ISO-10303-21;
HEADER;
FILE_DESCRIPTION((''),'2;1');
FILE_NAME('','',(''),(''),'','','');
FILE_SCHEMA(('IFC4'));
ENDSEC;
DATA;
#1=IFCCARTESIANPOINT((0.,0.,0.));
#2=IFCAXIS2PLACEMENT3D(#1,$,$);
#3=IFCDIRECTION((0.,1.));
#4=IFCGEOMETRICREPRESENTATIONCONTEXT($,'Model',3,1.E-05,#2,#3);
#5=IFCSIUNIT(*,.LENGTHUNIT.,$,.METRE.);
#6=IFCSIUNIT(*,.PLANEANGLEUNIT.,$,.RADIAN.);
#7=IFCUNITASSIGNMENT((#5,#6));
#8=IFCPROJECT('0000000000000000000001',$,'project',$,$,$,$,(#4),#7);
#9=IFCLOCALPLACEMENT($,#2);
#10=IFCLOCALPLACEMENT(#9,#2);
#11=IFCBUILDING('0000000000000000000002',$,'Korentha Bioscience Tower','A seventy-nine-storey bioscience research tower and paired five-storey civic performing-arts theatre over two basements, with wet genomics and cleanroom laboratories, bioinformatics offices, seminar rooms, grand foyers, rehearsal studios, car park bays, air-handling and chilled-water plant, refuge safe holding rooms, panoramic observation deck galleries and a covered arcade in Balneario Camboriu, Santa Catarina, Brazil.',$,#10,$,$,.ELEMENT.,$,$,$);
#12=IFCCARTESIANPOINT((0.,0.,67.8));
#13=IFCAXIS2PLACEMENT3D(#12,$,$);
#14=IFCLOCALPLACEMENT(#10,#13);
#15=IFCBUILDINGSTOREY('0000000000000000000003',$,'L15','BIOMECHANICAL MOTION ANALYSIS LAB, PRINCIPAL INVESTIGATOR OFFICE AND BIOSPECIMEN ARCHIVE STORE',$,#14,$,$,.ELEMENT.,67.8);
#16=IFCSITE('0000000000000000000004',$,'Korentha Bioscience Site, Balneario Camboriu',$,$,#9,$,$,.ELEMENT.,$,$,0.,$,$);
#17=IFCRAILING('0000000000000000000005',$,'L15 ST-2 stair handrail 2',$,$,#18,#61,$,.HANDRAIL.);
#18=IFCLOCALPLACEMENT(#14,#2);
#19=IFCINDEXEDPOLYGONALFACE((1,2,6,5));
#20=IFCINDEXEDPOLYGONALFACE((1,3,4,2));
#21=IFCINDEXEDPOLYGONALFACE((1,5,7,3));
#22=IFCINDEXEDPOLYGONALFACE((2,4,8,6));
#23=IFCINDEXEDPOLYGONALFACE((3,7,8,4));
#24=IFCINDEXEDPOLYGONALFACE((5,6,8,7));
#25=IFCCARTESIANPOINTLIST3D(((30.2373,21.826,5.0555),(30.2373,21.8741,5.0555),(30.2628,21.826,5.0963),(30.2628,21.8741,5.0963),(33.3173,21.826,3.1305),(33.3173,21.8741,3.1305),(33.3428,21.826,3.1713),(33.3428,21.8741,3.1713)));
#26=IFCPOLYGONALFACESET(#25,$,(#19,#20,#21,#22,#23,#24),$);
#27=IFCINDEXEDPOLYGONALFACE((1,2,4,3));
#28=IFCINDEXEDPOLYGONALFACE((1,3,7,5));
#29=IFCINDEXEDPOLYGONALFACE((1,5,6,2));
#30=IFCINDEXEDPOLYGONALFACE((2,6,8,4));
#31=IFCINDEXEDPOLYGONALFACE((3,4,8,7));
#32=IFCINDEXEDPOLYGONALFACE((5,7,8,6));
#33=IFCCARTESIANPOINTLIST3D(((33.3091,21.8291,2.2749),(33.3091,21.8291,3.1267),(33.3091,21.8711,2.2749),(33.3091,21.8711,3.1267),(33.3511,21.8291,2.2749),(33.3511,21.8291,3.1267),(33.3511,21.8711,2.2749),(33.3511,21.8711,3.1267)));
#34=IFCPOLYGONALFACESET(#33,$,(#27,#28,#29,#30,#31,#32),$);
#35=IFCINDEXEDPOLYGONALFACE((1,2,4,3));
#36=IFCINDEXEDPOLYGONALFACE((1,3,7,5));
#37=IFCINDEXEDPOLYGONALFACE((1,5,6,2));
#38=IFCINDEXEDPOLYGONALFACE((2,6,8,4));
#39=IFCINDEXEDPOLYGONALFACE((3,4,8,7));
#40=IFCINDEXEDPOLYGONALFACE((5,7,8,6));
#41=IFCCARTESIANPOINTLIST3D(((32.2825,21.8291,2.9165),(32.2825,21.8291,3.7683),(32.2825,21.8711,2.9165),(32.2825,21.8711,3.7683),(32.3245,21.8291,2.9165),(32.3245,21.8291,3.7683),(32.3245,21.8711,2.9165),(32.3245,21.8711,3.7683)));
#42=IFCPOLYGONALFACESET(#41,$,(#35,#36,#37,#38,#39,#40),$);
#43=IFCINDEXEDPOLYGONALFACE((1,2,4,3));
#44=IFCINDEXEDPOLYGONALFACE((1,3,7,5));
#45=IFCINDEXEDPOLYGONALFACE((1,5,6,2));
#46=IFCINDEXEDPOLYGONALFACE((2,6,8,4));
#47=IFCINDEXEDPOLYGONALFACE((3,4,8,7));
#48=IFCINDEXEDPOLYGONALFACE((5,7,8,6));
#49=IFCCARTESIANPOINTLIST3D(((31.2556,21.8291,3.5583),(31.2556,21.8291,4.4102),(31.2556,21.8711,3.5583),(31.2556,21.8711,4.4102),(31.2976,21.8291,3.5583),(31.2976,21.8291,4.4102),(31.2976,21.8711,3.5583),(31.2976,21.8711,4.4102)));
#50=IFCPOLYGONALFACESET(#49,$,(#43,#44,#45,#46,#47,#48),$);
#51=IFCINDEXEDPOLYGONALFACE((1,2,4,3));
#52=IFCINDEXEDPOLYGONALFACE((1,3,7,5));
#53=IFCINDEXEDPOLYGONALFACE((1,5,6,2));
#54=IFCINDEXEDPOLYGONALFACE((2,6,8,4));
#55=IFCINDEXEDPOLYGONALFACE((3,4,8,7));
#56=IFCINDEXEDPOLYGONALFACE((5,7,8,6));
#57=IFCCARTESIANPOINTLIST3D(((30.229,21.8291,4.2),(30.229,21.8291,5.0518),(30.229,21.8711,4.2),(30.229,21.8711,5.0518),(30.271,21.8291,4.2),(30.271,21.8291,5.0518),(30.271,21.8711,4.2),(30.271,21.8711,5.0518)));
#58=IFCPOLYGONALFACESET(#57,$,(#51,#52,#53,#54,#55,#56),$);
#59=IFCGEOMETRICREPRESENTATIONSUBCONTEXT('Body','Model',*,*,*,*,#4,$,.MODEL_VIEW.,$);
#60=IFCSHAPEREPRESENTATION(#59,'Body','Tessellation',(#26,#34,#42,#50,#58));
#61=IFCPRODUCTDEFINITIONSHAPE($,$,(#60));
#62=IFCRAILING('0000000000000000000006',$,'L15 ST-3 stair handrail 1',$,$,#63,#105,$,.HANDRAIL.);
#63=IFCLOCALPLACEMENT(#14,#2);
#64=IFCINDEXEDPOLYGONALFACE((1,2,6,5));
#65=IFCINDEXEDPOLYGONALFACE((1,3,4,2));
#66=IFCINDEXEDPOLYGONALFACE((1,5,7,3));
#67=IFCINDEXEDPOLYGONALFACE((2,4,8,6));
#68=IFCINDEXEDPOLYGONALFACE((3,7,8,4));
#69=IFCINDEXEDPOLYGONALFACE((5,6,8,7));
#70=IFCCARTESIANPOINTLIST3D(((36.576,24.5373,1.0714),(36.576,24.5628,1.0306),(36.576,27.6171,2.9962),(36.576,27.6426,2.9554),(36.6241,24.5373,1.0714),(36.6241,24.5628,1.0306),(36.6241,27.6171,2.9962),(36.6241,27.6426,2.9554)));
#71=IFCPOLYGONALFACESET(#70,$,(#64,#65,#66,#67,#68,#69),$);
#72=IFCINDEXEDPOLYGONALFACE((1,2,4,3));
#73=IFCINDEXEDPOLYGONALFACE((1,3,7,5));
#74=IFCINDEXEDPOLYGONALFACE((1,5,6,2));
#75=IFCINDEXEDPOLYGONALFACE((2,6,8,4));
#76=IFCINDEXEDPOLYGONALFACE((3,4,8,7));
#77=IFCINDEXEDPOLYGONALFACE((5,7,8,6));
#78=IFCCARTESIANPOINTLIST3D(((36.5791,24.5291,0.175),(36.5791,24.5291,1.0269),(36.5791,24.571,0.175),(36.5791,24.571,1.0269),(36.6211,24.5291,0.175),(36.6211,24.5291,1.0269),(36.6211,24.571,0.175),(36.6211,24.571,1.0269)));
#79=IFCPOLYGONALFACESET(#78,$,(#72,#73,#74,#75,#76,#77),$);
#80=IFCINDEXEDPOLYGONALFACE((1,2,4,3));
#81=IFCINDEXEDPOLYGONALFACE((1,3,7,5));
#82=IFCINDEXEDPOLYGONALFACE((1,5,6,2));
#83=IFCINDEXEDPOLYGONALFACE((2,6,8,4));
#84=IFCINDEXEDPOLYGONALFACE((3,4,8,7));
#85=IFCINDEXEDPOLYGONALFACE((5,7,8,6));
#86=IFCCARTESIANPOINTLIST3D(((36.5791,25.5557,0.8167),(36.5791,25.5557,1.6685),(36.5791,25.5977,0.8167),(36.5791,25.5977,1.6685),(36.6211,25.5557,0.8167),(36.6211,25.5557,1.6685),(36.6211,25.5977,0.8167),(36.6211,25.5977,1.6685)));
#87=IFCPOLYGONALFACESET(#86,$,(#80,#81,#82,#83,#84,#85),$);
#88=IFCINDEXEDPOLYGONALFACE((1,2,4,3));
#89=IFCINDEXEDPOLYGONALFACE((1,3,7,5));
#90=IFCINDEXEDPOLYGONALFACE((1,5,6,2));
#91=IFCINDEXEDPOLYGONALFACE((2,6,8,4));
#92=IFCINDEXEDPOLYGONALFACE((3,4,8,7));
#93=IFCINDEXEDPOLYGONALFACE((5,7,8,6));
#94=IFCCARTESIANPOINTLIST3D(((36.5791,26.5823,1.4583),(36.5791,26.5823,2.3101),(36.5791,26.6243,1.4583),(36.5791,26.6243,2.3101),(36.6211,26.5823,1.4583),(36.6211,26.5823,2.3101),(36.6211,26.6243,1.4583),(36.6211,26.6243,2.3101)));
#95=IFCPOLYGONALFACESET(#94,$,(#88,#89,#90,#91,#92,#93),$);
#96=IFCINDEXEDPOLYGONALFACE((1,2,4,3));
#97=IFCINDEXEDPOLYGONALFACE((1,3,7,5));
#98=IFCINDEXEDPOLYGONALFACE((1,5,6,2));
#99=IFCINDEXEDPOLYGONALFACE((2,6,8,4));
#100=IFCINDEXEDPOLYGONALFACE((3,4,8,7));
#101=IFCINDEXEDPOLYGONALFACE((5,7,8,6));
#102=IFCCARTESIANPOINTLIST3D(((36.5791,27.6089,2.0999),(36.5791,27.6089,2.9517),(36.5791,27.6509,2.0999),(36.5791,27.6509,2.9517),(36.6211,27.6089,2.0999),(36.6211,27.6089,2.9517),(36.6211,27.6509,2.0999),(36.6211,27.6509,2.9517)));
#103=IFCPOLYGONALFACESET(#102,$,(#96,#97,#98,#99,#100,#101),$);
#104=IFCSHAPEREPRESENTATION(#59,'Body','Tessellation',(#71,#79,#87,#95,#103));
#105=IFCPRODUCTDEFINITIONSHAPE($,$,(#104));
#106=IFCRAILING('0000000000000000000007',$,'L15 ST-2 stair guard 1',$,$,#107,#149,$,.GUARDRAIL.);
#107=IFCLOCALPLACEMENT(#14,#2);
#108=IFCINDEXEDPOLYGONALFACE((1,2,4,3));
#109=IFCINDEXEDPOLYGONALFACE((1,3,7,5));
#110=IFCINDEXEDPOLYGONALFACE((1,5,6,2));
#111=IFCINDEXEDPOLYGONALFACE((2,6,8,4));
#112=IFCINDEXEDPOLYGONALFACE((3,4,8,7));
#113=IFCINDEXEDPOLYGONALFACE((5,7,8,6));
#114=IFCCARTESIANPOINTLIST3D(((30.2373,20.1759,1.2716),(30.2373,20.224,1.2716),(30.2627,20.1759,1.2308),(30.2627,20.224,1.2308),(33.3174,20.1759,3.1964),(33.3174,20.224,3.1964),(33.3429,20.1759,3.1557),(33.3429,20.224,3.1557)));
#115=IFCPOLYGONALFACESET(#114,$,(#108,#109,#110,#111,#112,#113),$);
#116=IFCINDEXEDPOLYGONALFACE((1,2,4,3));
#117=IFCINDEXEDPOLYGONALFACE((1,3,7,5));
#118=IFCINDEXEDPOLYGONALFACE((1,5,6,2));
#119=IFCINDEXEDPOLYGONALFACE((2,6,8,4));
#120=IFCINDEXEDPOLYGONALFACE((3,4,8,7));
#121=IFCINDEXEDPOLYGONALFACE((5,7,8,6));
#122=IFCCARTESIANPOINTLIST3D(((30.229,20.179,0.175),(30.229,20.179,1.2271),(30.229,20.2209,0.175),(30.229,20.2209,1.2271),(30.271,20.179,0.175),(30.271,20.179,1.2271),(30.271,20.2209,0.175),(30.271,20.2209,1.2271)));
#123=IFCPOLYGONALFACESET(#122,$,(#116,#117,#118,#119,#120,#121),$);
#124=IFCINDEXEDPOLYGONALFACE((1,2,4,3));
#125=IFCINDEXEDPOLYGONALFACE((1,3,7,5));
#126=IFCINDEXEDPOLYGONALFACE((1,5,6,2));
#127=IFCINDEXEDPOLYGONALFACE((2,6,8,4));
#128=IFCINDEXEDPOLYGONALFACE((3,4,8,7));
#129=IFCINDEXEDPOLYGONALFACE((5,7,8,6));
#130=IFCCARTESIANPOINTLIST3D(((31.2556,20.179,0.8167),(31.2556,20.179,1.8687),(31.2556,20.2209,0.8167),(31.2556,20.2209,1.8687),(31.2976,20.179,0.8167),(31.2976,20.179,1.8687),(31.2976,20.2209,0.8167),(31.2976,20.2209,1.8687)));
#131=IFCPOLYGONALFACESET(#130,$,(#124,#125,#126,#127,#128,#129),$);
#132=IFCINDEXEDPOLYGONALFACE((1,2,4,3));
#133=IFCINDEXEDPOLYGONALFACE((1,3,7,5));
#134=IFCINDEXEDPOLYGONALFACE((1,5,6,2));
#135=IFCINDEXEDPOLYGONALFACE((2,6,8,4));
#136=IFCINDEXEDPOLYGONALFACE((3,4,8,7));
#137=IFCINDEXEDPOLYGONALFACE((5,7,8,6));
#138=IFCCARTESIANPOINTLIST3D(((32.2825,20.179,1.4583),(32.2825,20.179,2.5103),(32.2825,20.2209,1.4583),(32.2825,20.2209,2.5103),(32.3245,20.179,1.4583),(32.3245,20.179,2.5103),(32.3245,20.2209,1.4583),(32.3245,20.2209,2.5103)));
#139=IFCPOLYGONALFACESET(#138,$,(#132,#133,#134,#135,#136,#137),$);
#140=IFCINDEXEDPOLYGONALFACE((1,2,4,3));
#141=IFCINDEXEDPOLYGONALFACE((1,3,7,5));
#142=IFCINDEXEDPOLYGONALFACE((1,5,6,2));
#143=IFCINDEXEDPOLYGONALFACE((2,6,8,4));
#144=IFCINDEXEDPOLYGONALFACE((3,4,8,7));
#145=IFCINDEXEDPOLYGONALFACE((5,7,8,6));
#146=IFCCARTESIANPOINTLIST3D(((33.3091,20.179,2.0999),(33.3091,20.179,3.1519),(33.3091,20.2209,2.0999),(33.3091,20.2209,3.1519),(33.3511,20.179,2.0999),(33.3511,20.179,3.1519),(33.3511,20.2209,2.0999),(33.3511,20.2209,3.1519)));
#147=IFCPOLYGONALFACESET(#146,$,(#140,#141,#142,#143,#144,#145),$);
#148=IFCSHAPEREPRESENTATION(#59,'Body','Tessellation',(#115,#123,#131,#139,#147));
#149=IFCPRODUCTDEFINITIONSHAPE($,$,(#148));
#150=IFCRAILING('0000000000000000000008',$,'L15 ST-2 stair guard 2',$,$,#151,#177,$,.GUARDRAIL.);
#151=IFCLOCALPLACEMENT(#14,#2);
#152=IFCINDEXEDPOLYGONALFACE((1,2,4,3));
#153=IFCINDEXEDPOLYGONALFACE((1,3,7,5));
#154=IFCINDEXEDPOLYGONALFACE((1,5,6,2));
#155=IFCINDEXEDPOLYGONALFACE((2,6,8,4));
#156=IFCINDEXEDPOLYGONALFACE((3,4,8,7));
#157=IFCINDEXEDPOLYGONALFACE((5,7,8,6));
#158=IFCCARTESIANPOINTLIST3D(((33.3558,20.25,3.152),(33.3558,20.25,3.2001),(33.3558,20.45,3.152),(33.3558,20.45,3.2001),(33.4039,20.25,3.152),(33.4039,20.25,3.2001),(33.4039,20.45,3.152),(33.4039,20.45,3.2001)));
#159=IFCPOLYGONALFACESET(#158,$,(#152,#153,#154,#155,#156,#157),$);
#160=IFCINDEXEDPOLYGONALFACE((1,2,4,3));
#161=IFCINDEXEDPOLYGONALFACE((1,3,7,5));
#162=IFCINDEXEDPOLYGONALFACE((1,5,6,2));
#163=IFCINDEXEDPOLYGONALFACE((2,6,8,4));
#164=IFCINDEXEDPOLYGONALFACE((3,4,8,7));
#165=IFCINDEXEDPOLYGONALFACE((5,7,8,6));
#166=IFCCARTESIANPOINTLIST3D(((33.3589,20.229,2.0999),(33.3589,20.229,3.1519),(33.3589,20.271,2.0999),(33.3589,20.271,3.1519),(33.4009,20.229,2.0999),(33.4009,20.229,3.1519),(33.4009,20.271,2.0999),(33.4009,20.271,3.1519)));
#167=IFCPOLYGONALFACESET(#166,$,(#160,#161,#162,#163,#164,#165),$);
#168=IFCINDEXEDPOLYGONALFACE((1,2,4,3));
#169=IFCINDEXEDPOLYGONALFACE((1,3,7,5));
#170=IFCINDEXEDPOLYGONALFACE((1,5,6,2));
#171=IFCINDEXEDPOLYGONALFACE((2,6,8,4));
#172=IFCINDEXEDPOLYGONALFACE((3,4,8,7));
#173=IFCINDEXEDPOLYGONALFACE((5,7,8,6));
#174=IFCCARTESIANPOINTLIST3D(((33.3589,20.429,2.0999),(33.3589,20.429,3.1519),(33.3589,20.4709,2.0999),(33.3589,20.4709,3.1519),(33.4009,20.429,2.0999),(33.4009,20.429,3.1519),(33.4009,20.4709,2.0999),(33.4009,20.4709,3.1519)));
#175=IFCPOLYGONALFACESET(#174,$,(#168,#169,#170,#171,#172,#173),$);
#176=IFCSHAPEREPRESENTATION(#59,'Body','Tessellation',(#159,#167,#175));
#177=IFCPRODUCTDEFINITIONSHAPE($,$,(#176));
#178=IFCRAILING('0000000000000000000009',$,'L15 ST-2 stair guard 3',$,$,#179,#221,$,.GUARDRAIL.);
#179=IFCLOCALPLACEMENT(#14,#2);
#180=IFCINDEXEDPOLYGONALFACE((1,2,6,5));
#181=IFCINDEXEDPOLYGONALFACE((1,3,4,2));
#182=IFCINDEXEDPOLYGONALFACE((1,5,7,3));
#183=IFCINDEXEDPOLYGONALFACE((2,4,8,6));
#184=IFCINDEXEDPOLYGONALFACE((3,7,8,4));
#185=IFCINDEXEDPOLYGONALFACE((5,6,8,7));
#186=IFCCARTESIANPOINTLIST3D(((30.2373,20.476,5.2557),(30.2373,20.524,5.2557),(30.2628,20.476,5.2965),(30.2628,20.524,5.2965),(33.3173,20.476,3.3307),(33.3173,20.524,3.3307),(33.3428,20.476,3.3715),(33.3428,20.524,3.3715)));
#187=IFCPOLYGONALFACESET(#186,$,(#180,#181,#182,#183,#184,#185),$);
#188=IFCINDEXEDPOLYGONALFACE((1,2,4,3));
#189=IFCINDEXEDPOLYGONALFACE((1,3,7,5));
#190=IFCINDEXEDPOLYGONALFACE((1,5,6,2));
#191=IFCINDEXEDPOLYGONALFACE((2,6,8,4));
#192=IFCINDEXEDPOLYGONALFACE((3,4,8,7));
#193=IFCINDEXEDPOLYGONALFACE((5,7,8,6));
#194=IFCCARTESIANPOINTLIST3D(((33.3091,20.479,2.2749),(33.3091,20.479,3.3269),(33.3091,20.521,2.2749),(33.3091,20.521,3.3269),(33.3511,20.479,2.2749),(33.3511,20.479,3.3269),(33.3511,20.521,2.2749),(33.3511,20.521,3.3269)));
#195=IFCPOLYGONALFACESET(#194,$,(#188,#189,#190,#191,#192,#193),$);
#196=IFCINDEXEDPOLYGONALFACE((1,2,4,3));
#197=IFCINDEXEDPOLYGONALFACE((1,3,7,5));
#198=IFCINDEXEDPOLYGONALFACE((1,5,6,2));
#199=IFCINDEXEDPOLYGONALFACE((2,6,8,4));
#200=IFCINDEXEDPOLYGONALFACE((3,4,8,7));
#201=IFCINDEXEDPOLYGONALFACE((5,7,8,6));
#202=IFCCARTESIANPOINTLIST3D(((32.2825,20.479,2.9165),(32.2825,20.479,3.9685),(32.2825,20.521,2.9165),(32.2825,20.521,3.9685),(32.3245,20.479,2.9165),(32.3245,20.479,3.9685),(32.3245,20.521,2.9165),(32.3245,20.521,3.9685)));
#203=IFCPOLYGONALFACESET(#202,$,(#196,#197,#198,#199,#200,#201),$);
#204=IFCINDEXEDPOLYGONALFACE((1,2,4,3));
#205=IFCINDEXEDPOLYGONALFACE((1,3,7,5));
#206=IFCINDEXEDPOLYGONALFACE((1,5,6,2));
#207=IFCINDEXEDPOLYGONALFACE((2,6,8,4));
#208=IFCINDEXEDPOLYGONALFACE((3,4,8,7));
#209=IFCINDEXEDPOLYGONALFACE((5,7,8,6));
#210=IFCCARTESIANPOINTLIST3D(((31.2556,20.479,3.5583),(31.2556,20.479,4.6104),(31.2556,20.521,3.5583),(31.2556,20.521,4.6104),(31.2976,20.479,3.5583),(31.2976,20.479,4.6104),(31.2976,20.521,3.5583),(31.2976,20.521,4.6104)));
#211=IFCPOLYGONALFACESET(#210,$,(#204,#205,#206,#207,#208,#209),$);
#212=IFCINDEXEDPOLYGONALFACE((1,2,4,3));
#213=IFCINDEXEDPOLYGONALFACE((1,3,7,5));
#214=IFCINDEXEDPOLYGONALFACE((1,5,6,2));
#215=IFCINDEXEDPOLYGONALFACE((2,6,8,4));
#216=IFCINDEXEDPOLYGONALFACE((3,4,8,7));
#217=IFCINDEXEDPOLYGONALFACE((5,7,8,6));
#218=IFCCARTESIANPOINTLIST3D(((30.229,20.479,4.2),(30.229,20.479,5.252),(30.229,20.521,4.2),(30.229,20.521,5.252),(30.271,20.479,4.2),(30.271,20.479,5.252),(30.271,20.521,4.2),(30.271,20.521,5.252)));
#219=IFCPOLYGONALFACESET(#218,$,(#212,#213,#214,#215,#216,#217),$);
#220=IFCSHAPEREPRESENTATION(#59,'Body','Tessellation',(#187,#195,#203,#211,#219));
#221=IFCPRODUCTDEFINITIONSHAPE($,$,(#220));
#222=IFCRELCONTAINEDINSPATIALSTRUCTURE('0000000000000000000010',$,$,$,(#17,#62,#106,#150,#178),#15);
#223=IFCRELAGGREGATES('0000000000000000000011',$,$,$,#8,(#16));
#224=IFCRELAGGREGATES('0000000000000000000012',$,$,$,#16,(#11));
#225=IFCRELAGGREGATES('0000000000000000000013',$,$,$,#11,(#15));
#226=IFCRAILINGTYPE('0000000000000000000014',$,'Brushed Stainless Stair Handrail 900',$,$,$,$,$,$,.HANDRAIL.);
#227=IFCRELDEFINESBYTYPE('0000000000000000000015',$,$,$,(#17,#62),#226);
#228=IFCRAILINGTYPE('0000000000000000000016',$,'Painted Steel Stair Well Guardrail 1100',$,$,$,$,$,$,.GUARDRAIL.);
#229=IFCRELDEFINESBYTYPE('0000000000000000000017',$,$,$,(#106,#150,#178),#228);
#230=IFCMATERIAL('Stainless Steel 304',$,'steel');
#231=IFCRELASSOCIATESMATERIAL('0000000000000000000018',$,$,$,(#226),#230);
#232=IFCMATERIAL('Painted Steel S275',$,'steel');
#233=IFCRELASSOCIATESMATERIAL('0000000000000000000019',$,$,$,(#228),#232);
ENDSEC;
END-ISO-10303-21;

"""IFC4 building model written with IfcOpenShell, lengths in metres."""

from ifc_helpers import new_model, si_unit, direction, frame, origin, origin_2d, place, context, subcontext, project, spatial, rectangle, extrude, material, type_object, element, save


model = new_model("IFC4")

# Units and contexts
model_context = context("Model", 3, precision=1e-05, world=origin(), true_north=direction((0.0, 1.0)))
body_context = subcontext(model_context, "Body", "Model", "MODEL_VIEW")
ifc_project = project(units=[si_unit("LENGTHUNIT", "METRE"), si_unit("PLANEANGLEUNIT", "RADIAN")], contexts=[model_context])

# Site, building, storey
site_placement = place(None, origin())
site = spatial("IfcSite", under=ifc_project, at=site_placement, Name="Korentha Bioscience Site, Balneario Camboriu", CompositionType="ELEMENT", RefElevation=0.0)
building_placement = place(site_placement, origin())
building = spatial("IfcBuilding", under=site, at=building_placement, Name="Korentha Bioscience Tower", Description="A seventy-nine-storey bioscience research tower and paired five-storey civic performing-arts theatre over two basements, with wet genomics and cleanroom laboratories, bioinformatics offices, seminar rooms, grand foyers, rehearsal studios, car park bays, air-handling and chilled-water plant, refuge safe holding rooms, panoramic observation deck galleries and a covered arcade in Balneario Camboriu, Santa Catarina, Brazil.", CompositionType="ELEMENT")
storey_placement = place(building_placement, frame((0.0, 0.0, 67.8)))
storey = spatial("IfcBuildingStorey", under=building, at=storey_placement, Name="L15", Description="BIOMECHANICAL MOTION ANALYSIS LAB, PRINCIPAL INVESTIGATOR OFFICE AND BIOSPECIMEN ARCHIVE STORE", CompositionType="ELEMENT", Elevation=67.8)

# Railings
ifc_material_1 = material(Name="Stainless Steel 304", Category="steel")
railing_type_1 = type_object("IfcRailingType", Name="Brushed Stainless Stair Handrail 900", PredefinedType="HANDRAIL", material=ifc_material_1)
railing_1_placement = place(storey_placement, frame((33.3301, 21.8501, 2.2749)))
element("IfcRailing", 1, at=railing_1_placement, inside=storey, type_object=railing_type_1, Name="L15 ST-2 stair handrail 2", PredefinedType="HANDRAIL", context=body_context, shape_type="SweptSolid", body=[
    extrude(rectangle(XDim=0.0481, YDim=0.0481, at=origin_2d()), frame((0.0, 0.0, 0.876), z_axis=(-0.847998, 0.0, 0.529999), x_axis=(0.0, -1.0, 0.0)), (0.0, 0.0, 1.0), 3.6321),
    extrude(rectangle(XDim=0.042, YDim=0.042, at=origin_2d()), origin(), (0.0, 0.0, 1.0), 0.8518),
    extrude(rectangle(XDim=0.042, YDim=0.042, at=origin_2d()), frame((-1.0266, 0.0, 0.6416)), (0.0, 0.0, 1.0), 0.8518),
    extrude(rectangle(XDim=0.042, YDim=0.042, at=origin_2d()), frame((-2.0535, 0.0, 1.2834)), (0.0, 0.0, 1.0), 0.8518),
    extrude(rectangle(XDim=0.042, YDim=0.042, at=origin_2d()), frame((-3.0801, 0.0, 1.925)), (0.0, 0.0, 1.0), 0.8518),
])
railing_2_placement = place(storey_placement, frame((36.6001, 24.55, 0.175)))
element("IfcRailing", 2, at=railing_2_placement, inside=storey, type_object=railing_type_1, Name="L15 ST-3 stair handrail 1", PredefinedType="HANDRAIL", context=body_context, shape_type="SweptSolid", body=[
    extrude(rectangle(XDim=0.0481, YDim=0.0481, at=origin_2d()), frame((0.0, 0.0, 0.876), z_axis=(0.0, 0.84801, 0.529981), x_axis=(-1.0, 0.0, 0.0)), (0.0, 0.0, 1.0), 3.6318),
    extrude(rectangle(XDim=0.042, YDim=0.042, at=origin_2d()), origin(), (0.0, 0.0, 1.0), 0.8518),
    extrude(rectangle(XDim=0.042, YDim=0.042, at=origin_2d()), frame((0.0, 1.0266, 0.6416)), (0.0, 0.0, 1.0), 0.8518),
    extrude(rectangle(XDim=0.042, YDim=0.042, at=origin_2d()), frame((0.0, 2.0532, 1.2832)), (0.0, 0.0, 1.0), 0.8518),
    extrude(rectangle(XDim=0.042, YDim=0.042, at=origin_2d()), frame((0.0, 3.0798, 1.9248)), (0.0, 0.0, 1.0), 0.8518),
])
ifc_material_2 = material(Name="Painted Steel S275", Category="steel")
railing_type_2 = type_object("IfcRailingType", Name="Painted Steel Stair Well Guardrail 1100", PredefinedType="GUARDRAIL", material=ifc_material_2)
railing_3_placement = place(storey_placement, frame((30.25, 20.2, 0.175)))
element("IfcRailing", 3, at=railing_3_placement, inside=storey, type_object=railing_type_2, Name="L15 ST-2 stair guard 1", PredefinedType="GUARDRAIL", context=body_context, shape_type="SweptSolid", body=[
    extrude(rectangle(XDim=0.0481, YDim=0.0481, at=origin_2d()), frame((0.0, 0.0, 1.0762), z_axis=(0.848029, 0.0, 0.529951), x_axis=(0.0, 1.0, 0.0)), (0.0, 0.0, 1.0), 3.6321),
    extrude(rectangle(XDim=0.042, YDim=0.042, at=origin_2d()), origin(), (0.0, 0.0, 1.0), 1.052),
    extrude(rectangle(XDim=0.042, YDim=0.042, at=origin_2d()), frame((1.0266, 0.0, 0.6416)), (0.0, 0.0, 1.0), 1.052),
    extrude(rectangle(XDim=0.042, YDim=0.042, at=origin_2d()), frame((2.0535, 0.0, 1.2832)), (0.0, 0.0, 1.0), 1.052),
    extrude(rectangle(XDim=0.042, YDim=0.042, at=origin_2d()), frame((3.0801, 0.0, 1.9248)), (0.0, 0.0, 1.0), 1.052),
])
railing_4_placement = place(storey_placement, frame((33.3799, 20.25, 2.0999)))
element("IfcRailing", 4, at=railing_4_placement, inside=storey, type_object=railing_type_2, Name="L15 ST-2 stair guard 2", PredefinedType="GUARDRAIL", context=body_context, shape_type="SweptSolid", body=[
    extrude(rectangle(XDim=0.0481, YDim=0.0481, at=origin_2d()), frame((0.0, 0.0, 1.0762), z_axis=(0.0, 1.0, 0.0), x_axis=(-1.0, 0.0, 0.0)), (0.0, 0.0, 1.0), 0.2),
    extrude(rectangle(XDim=0.042, YDim=0.042, at=origin_2d()), origin(), (0.0, 0.0, 1.0), 1.052),
    extrude(rectangle(XDim=0.042, YDim=0.042, at=origin_2d()), frame((0.0, 0.2, 0.0)), (0.0, 0.0, 1.0), 1.052),
])
railing_5_placement = place(storey_placement, frame((33.3301, 20.5, 2.2749)))
element("IfcRailing", 5, at=railing_5_placement, inside=storey, type_object=railing_type_2, Name="L15 ST-2 stair guard 3", PredefinedType="GUARDRAIL", context=body_context, shape_type="SweptSolid", body=[
    extrude(rectangle(XDim=0.0481, YDim=0.0481, at=origin_2d()), frame((0.0, 0.0, 1.0762), z_axis=(-0.847998, 0.0, 0.529999), x_axis=(0.0, -1.0, 0.0)), (0.0, 0.0, 1.0), 3.6321),
    extrude(rectangle(XDim=0.042, YDim=0.042, at=origin_2d()), origin(), (0.0, 0.0, 1.0), 1.052),
    extrude(rectangle(XDim=0.042, YDim=0.042, at=origin_2d()), frame((-1.0266, 0.0, 0.6416)), (0.0, 0.0, 1.0), 1.052),
    extrude(rectangle(XDim=0.042, YDim=0.042, at=origin_2d()), frame((-2.0535, 0.0, 1.2834)), (0.0, 0.0, 1.0), 1.052),
    extrude(rectangle(XDim=0.042, YDim=0.042, at=origin_2d()), frame((-3.0801, 0.0, 1.925)), (0.0, 0.0, 1.0), 1.052),
])

save(model, "model.ifc")
